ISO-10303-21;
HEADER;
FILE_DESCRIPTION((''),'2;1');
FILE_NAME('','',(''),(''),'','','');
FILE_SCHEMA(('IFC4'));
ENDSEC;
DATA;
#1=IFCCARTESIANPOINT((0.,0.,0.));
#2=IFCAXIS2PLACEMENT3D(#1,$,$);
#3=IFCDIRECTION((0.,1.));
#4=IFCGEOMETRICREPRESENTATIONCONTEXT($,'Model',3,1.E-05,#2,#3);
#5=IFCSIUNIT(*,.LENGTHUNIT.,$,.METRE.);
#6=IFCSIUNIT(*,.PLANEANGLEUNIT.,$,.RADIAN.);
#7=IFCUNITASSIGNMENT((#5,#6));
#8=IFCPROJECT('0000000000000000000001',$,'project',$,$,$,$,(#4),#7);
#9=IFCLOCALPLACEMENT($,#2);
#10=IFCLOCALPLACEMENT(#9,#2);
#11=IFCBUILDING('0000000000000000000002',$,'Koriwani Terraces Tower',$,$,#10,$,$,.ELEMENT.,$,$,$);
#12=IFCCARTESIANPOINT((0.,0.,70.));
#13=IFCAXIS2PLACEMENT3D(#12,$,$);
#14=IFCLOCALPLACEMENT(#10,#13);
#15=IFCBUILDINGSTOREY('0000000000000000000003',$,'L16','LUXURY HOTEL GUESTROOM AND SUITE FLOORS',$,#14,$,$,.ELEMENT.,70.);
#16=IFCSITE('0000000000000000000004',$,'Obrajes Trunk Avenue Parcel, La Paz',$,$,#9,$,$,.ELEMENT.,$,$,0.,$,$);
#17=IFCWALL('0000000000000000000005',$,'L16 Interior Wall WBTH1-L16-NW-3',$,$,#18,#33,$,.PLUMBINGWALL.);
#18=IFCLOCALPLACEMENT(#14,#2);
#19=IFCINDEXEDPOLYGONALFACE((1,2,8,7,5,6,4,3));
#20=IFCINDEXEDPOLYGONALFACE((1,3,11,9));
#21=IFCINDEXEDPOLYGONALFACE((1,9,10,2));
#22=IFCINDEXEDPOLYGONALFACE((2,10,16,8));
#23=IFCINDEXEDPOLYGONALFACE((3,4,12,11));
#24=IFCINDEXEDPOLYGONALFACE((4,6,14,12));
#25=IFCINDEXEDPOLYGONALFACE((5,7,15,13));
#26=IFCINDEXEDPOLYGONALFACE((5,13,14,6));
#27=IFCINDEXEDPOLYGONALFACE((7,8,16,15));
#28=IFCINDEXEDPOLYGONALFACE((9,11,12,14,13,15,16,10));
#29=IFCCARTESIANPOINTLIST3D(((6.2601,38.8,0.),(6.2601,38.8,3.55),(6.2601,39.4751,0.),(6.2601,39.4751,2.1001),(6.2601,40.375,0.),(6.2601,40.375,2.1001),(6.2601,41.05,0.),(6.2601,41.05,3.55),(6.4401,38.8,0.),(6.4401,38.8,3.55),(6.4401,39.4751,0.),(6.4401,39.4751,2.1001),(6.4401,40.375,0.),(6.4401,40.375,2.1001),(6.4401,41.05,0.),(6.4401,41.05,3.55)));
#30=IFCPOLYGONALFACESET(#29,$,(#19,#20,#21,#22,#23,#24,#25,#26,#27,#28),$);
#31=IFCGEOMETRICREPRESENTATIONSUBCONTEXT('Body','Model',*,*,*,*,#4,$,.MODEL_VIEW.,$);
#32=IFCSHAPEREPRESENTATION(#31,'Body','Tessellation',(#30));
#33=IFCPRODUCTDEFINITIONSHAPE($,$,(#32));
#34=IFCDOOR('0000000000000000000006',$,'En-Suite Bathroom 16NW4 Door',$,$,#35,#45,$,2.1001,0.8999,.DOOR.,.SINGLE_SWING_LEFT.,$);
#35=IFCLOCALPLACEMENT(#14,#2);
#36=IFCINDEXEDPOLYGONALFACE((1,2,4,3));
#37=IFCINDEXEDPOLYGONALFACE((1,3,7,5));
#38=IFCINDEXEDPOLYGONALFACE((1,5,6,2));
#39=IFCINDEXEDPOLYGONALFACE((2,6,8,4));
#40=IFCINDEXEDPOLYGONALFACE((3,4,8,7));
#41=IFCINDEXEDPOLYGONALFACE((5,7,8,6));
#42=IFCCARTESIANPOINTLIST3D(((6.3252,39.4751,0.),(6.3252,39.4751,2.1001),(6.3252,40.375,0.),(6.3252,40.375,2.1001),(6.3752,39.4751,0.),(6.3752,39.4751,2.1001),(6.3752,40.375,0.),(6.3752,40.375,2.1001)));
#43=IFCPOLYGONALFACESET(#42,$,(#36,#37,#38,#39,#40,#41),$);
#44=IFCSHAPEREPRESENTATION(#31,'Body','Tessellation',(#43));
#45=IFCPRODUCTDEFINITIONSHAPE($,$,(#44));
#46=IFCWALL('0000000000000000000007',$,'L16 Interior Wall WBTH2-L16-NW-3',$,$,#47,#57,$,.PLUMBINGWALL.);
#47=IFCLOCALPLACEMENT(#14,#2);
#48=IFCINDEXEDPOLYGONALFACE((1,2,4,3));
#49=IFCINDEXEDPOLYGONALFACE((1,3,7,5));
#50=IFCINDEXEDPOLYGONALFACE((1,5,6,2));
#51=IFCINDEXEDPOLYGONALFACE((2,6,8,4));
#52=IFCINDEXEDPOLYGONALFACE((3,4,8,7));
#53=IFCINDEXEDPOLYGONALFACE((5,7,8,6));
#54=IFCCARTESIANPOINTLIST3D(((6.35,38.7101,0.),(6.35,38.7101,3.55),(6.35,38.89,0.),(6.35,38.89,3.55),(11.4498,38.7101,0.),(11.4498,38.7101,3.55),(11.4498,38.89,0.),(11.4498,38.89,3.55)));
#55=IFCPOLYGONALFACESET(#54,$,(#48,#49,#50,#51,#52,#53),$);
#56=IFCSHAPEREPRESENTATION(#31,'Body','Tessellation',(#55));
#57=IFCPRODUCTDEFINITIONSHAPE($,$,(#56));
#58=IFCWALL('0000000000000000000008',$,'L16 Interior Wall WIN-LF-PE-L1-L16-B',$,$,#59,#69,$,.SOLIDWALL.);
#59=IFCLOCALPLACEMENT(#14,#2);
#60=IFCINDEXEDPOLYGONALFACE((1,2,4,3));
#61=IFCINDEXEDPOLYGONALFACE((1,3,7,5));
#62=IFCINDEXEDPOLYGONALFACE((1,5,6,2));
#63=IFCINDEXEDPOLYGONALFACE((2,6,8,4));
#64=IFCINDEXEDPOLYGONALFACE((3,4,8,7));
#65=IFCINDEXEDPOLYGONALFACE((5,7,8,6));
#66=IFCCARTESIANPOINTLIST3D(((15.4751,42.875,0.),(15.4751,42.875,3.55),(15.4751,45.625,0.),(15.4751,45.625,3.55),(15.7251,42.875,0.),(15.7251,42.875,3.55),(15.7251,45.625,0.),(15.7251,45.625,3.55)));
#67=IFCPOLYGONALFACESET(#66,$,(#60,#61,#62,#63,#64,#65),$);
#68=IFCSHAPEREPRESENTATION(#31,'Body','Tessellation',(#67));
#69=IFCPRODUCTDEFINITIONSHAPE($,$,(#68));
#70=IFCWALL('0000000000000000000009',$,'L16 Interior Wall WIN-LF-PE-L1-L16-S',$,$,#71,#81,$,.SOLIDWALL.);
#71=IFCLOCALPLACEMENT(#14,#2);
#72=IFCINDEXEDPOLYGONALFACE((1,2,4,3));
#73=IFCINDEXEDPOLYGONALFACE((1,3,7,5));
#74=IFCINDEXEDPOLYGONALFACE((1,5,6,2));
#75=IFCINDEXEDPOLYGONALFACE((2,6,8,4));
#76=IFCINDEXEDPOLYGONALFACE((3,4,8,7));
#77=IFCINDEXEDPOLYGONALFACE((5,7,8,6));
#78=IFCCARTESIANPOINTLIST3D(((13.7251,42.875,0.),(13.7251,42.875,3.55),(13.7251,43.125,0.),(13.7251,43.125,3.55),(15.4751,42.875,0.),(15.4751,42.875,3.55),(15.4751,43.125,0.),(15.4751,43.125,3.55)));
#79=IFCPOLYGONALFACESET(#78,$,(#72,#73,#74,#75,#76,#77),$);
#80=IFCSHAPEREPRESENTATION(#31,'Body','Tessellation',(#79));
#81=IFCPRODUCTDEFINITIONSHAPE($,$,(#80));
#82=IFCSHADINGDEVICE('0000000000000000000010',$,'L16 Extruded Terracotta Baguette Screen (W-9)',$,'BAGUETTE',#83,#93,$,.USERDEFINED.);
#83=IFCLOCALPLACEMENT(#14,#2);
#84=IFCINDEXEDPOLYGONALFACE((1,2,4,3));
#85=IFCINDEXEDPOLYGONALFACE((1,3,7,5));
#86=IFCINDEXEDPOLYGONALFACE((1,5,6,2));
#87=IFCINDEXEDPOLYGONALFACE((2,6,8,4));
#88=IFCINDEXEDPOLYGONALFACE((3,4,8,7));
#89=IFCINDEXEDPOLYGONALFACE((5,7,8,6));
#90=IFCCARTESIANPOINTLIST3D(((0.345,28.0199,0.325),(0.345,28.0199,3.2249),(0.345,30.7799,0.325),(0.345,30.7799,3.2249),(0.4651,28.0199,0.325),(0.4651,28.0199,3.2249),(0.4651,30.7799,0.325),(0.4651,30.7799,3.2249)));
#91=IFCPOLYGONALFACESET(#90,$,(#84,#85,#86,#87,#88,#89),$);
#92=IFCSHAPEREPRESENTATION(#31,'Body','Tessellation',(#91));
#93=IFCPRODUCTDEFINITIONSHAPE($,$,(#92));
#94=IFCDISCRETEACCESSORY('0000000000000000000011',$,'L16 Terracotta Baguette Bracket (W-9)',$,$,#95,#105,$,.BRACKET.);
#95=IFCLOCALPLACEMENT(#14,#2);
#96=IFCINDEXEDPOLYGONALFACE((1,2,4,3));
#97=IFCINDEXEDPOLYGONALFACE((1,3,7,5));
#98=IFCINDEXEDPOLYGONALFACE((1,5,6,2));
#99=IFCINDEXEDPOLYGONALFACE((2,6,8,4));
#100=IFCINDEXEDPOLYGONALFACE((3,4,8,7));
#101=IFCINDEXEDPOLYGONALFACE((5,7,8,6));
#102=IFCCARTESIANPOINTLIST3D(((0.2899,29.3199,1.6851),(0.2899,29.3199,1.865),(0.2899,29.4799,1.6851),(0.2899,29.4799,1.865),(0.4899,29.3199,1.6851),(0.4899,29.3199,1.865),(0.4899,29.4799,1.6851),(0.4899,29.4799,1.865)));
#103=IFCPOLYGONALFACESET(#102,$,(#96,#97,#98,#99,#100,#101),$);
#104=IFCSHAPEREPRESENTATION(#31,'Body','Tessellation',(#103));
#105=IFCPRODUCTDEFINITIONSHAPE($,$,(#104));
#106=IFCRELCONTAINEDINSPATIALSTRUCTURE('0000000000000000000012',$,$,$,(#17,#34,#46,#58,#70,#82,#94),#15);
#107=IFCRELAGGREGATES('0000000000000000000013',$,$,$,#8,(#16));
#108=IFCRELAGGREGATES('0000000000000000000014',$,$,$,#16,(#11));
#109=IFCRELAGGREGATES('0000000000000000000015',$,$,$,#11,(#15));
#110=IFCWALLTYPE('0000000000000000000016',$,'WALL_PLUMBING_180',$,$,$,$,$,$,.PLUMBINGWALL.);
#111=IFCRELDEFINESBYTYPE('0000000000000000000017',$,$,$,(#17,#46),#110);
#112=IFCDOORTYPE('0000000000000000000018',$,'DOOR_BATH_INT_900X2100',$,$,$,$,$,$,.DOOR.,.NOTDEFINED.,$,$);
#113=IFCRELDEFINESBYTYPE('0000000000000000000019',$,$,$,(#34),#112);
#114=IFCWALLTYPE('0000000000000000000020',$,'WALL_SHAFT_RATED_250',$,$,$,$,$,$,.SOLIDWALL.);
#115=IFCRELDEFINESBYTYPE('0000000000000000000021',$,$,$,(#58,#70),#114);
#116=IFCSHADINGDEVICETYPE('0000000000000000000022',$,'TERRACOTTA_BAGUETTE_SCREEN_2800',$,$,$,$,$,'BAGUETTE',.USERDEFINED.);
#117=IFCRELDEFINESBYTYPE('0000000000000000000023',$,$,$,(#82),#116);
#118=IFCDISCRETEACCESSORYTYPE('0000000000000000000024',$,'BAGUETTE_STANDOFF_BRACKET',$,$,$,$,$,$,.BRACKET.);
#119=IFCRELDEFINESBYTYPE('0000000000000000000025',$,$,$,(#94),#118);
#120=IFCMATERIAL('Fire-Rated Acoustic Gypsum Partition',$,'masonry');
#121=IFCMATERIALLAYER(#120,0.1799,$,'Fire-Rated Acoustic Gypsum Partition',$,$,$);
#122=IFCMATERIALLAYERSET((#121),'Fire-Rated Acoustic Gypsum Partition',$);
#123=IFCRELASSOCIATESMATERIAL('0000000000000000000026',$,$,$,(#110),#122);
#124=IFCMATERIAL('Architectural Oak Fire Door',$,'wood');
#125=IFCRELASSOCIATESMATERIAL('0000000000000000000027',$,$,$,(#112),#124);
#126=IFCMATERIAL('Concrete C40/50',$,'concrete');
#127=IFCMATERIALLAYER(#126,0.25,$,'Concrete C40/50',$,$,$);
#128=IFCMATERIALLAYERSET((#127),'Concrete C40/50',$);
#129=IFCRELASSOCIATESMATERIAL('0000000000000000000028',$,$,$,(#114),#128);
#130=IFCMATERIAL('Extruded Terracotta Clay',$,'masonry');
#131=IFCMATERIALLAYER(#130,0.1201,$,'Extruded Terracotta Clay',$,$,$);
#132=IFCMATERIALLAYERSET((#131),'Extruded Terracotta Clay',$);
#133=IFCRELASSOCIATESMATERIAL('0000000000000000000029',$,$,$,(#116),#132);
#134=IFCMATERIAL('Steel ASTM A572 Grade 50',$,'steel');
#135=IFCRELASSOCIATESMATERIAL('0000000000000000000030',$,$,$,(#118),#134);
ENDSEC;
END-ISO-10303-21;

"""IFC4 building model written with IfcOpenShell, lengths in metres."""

from ifc_helpers import new_model, si_unit, direction, frame, frame_2d, origin, origin_2d, place, context, subcontext, project, spatial, rectangle, extrude, material, layer, layer_set, type_object, element, fill, save


model = new_model("IFC4")

# Units and contexts
model_context = context("Model", 3, precision=1e-05, world=origin(), true_north=direction((0.0, 1.0)))
body_context = subcontext(model_context, "Body", "Model", "MODEL_VIEW")
ifc_project = project(units=[si_unit("LENGTHUNIT", "METRE"), si_unit("PLANEANGLEUNIT", "RADIAN")], contexts=[model_context])

# Site, building, storey
site_placement = place(None, origin())
site = spatial("IfcSite", under=ifc_project, at=site_placement, Name="Obrajes Trunk Avenue Parcel, La Paz", CompositionType="ELEMENT", RefElevation=0.0)
building_placement = place(site_placement, origin())
building = spatial("IfcBuilding", under=site, at=building_placement, Name="Koriwani Terraces Tower", CompositionType="ELEMENT")
storey_placement = place(building_placement, frame((0.0, 0.0, 70.0)))
storey = spatial("IfcBuildingStorey", under=building, at=storey_placement, Name="L16", Description="LUXURY HOTEL GUESTROOM AND SUITE FLOORS", CompositionType="ELEMENT", Elevation=70.0)

# Shared definitions
ifc_material_1 = material(Name="Concrete C40/50", Category="concrete")
ifc_material_2 = material(Name="Steel ASTM A572 Grade 50", Category="steel")

# Shared definitions
ifc_material_3 = material(Name="Fire-Rated Acoustic Gypsum Partition", Category="masonry")
ifc_layer_1 = layer(ifc_material_3, 0.1799, Name="Fire-Rated Acoustic Gypsum Partition")
ifc_layer_set_1 = layer_set([ifc_layer_1], Name="Fire-Rated Acoustic Gypsum Partition")
wall_type_1 = type_object("IfcWallType", Name="WALL_PLUMBING_180", PredefinedType="PLUMBINGWALL", material=ifc_layer_set_1)
ifc_material_4 = material(Name="Architectural Oak Fire Door", Category="wood")
door_type_1 = type_object("IfcDoorType", Name="DOOR_BATH_INT_900X2100", OperationType="NOTDEFINED", PredefinedType="DOOR", material=ifc_material_4)

# Wall, opening, door
wall_1_placement = place(storey_placement, frame((6.3501, 38.8, 0.0), z_axis=(0.0, 0.0, 1.0), x_axis=(0.0, 1.0, 0.0)))
wall_1 = element("IfcWall", 1, at=wall_1_placement, inside=storey, type_object=wall_type_1, Name="L16 Interior Wall WBTH1-L16-NW-3", PredefinedType="PLUMBINGWALL", context=body_context, shape_type="SweptSolid", body=[
    extrude(rectangle(XDim=2.25, YDim=0.1799, at=frame_2d((1.125, 0.0))), origin(), (0.0, 0.0, 1.0), 3.55),
])
opening_1_placement = place(wall_1_placement, frame((0.675, 0.0, 0.0)))
opening_1 = element("IfcOpeningElement", 2, at=opening_1_placement, cuts=wall_1, PredefinedType="OPENING", context=body_context, shape_type="SweptSolid", body=[
    extrude(rectangle(XDim=0.8999, YDim=2.1001, at=frame_2d((0.45, 1.05))), frame((0.0, 0.1001, 0.0), z_axis=(0.0, -1.0, 0.0), x_axis=(1.0, 0.0, 0.0)), (0.0, 0.0, 1.0), 0.2),
])
door_1_placement = place(opening_1_placement, origin())
door_1 = element("IfcDoor", 3, at=door_1_placement, inside=storey, type_object=door_type_1, Name="En-Suite Bathroom 16NW4 Door", OperationType="SINGLE_SWING_LEFT", OverallHeight=2.1001, OverallWidth=0.8999, PredefinedType="DOOR", context=body_context, shape_type="SweptSolid", body=[
    extrude(rectangle(XDim=0.8999, YDim=2.1001, at=frame_2d((0.45, 1.05))), frame((0.0, 0.0249, 0.0), z_axis=(0.0, -1.0, 0.0), x_axis=(1.0, 0.0, 0.0)), (0.0, 0.0, 1.0), 0.05),
])
fill(opening_1, door_1)

# Wall
wall_2_placement = place(storey_placement, frame((6.3501, 38.8, 0.0), z_axis=(0.0, 0.0, 1.0), x_axis=(1.0, 0.0, 0.0)))
element("IfcWall", 4, at=wall_2_placement, inside=storey, type_object=wall_type_1, Name="L16 Interior Wall WBTH2-L16-NW-3", PredefinedType="PLUMBINGWALL", context=body_context, shape_type="SweptSolid", body=[
    extrude(rectangle(XDim=5.0999, YDim=0.1799, at=frame_2d((2.5498, 0.0))), origin(), (0.0, 0.0, 1.0), 3.55),
])

# Shared definitions
ifc_layer_2 = layer(ifc_material_1, 0.25, Name="Concrete C40/50")
ifc_layer_set_2 = layer_set([ifc_layer_2], Name="Concrete C40/50")
wall_type_2 = type_object("IfcWallType", Name="WALL_SHAFT_RATED_250", PredefinedType="SOLIDWALL", material=ifc_layer_set_2)

# Walls
wall_3_placement = place(storey_placement, frame((15.6001, 42.875, 0.0), z_axis=(0.0, 0.0, 1.0), x_axis=(0.0, 1.0, 0.0)))
element("IfcWall", 5, at=wall_3_placement, inside=storey, type_object=wall_type_2, Name="L16 Interior Wall WIN-LF-PE-L1-L16-B", PredefinedType="SOLIDWALL", context=body_context, shape_type="SweptSolid", body=[
    extrude(rectangle(XDim=2.75, YDim=0.25, at=frame_2d((1.375, 0.0))), origin(), (0.0, 0.0, 1.0), 3.55),
])
wall_4_placement = place(storey_placement, frame((13.7251, 43.0, 0.0), z_axis=(0.0, 0.0, 1.0), x_axis=(1.0, 0.0, 0.0)))
element("IfcWall", 6, at=wall_4_placement, inside=storey, type_object=wall_type_2, Name="L16 Interior Wall WIN-LF-PE-L1-L16-S", PredefinedType="SOLIDWALL", context=body_context, shape_type="SweptSolid", body=[
    extrude(rectangle(XDim=1.75, YDim=0.25, at=frame_2d((0.875, 0.0))), origin(), (0.0, 0.0, 1.0), 3.55),
])

# Shading device
ifc_material_5 = material(Name="Extruded Terracotta Clay", Category="masonry")
ifc_layer_3 = layer(ifc_material_5, 0.1201, Name="Extruded Terracotta Clay")
ifc_layer_set_3 = layer_set([ifc_layer_3], Name="Extruded Terracotta Clay")
shading_device_type = type_object("IfcShadingDeviceType", Name="TERRACOTTA_BAGUETTE_SCREEN_2800", ElementType="BAGUETTE", PredefinedType="USERDEFINED", material=ifc_layer_set_3)
shading_device_placement = place(storey_placement, frame((0.405, 29.3999, 0.325), z_axis=(0.0, 0.0, 1.0), x_axis=(0.0, 1.0, 0.0)))
element("IfcShadingDevice", 7, at=shading_device_placement, inside=storey, type_object=shading_device_type, Name="L16 Extruded Terracotta Baguette Screen (W-9)", ObjectType="BAGUETTE", PredefinedType="USERDEFINED", context=body_context, shape_type="SweptSolid", body=[
    extrude(rectangle(XDim=2.76, YDim=0.1201, at=origin_2d()), origin(), (0.0, 0.0, 1.0), 2.8999),
])

# Discrete accessory
discrete_accessory_type = type_object("IfcDiscreteAccessoryType", Name="BAGUETTE_STANDOFF_BRACKET", PredefinedType="BRACKET", material=ifc_material_2)
discrete_accessory_placement = place(storey_placement, frame((0.3899, 29.3999, 1.6851), z_axis=(0.0, 0.0, 1.0), x_axis=(0.0, 1.0, 0.0)))
element("IfcDiscreteAccessory", 8, at=discrete_accessory_placement, inside=storey, type_object=discrete_accessory_type, Name="L16 Terracotta Baguette Bracket (W-9)", PredefinedType="BRACKET", context=body_context, shape_type="SweptSolid", body=[
    extrude(rectangle(XDim=0.1599, YDim=0.2, at=origin_2d()), origin(), (0.0, 0.0, 1.0), 0.1799),
])

save(model, "model.ifc")
